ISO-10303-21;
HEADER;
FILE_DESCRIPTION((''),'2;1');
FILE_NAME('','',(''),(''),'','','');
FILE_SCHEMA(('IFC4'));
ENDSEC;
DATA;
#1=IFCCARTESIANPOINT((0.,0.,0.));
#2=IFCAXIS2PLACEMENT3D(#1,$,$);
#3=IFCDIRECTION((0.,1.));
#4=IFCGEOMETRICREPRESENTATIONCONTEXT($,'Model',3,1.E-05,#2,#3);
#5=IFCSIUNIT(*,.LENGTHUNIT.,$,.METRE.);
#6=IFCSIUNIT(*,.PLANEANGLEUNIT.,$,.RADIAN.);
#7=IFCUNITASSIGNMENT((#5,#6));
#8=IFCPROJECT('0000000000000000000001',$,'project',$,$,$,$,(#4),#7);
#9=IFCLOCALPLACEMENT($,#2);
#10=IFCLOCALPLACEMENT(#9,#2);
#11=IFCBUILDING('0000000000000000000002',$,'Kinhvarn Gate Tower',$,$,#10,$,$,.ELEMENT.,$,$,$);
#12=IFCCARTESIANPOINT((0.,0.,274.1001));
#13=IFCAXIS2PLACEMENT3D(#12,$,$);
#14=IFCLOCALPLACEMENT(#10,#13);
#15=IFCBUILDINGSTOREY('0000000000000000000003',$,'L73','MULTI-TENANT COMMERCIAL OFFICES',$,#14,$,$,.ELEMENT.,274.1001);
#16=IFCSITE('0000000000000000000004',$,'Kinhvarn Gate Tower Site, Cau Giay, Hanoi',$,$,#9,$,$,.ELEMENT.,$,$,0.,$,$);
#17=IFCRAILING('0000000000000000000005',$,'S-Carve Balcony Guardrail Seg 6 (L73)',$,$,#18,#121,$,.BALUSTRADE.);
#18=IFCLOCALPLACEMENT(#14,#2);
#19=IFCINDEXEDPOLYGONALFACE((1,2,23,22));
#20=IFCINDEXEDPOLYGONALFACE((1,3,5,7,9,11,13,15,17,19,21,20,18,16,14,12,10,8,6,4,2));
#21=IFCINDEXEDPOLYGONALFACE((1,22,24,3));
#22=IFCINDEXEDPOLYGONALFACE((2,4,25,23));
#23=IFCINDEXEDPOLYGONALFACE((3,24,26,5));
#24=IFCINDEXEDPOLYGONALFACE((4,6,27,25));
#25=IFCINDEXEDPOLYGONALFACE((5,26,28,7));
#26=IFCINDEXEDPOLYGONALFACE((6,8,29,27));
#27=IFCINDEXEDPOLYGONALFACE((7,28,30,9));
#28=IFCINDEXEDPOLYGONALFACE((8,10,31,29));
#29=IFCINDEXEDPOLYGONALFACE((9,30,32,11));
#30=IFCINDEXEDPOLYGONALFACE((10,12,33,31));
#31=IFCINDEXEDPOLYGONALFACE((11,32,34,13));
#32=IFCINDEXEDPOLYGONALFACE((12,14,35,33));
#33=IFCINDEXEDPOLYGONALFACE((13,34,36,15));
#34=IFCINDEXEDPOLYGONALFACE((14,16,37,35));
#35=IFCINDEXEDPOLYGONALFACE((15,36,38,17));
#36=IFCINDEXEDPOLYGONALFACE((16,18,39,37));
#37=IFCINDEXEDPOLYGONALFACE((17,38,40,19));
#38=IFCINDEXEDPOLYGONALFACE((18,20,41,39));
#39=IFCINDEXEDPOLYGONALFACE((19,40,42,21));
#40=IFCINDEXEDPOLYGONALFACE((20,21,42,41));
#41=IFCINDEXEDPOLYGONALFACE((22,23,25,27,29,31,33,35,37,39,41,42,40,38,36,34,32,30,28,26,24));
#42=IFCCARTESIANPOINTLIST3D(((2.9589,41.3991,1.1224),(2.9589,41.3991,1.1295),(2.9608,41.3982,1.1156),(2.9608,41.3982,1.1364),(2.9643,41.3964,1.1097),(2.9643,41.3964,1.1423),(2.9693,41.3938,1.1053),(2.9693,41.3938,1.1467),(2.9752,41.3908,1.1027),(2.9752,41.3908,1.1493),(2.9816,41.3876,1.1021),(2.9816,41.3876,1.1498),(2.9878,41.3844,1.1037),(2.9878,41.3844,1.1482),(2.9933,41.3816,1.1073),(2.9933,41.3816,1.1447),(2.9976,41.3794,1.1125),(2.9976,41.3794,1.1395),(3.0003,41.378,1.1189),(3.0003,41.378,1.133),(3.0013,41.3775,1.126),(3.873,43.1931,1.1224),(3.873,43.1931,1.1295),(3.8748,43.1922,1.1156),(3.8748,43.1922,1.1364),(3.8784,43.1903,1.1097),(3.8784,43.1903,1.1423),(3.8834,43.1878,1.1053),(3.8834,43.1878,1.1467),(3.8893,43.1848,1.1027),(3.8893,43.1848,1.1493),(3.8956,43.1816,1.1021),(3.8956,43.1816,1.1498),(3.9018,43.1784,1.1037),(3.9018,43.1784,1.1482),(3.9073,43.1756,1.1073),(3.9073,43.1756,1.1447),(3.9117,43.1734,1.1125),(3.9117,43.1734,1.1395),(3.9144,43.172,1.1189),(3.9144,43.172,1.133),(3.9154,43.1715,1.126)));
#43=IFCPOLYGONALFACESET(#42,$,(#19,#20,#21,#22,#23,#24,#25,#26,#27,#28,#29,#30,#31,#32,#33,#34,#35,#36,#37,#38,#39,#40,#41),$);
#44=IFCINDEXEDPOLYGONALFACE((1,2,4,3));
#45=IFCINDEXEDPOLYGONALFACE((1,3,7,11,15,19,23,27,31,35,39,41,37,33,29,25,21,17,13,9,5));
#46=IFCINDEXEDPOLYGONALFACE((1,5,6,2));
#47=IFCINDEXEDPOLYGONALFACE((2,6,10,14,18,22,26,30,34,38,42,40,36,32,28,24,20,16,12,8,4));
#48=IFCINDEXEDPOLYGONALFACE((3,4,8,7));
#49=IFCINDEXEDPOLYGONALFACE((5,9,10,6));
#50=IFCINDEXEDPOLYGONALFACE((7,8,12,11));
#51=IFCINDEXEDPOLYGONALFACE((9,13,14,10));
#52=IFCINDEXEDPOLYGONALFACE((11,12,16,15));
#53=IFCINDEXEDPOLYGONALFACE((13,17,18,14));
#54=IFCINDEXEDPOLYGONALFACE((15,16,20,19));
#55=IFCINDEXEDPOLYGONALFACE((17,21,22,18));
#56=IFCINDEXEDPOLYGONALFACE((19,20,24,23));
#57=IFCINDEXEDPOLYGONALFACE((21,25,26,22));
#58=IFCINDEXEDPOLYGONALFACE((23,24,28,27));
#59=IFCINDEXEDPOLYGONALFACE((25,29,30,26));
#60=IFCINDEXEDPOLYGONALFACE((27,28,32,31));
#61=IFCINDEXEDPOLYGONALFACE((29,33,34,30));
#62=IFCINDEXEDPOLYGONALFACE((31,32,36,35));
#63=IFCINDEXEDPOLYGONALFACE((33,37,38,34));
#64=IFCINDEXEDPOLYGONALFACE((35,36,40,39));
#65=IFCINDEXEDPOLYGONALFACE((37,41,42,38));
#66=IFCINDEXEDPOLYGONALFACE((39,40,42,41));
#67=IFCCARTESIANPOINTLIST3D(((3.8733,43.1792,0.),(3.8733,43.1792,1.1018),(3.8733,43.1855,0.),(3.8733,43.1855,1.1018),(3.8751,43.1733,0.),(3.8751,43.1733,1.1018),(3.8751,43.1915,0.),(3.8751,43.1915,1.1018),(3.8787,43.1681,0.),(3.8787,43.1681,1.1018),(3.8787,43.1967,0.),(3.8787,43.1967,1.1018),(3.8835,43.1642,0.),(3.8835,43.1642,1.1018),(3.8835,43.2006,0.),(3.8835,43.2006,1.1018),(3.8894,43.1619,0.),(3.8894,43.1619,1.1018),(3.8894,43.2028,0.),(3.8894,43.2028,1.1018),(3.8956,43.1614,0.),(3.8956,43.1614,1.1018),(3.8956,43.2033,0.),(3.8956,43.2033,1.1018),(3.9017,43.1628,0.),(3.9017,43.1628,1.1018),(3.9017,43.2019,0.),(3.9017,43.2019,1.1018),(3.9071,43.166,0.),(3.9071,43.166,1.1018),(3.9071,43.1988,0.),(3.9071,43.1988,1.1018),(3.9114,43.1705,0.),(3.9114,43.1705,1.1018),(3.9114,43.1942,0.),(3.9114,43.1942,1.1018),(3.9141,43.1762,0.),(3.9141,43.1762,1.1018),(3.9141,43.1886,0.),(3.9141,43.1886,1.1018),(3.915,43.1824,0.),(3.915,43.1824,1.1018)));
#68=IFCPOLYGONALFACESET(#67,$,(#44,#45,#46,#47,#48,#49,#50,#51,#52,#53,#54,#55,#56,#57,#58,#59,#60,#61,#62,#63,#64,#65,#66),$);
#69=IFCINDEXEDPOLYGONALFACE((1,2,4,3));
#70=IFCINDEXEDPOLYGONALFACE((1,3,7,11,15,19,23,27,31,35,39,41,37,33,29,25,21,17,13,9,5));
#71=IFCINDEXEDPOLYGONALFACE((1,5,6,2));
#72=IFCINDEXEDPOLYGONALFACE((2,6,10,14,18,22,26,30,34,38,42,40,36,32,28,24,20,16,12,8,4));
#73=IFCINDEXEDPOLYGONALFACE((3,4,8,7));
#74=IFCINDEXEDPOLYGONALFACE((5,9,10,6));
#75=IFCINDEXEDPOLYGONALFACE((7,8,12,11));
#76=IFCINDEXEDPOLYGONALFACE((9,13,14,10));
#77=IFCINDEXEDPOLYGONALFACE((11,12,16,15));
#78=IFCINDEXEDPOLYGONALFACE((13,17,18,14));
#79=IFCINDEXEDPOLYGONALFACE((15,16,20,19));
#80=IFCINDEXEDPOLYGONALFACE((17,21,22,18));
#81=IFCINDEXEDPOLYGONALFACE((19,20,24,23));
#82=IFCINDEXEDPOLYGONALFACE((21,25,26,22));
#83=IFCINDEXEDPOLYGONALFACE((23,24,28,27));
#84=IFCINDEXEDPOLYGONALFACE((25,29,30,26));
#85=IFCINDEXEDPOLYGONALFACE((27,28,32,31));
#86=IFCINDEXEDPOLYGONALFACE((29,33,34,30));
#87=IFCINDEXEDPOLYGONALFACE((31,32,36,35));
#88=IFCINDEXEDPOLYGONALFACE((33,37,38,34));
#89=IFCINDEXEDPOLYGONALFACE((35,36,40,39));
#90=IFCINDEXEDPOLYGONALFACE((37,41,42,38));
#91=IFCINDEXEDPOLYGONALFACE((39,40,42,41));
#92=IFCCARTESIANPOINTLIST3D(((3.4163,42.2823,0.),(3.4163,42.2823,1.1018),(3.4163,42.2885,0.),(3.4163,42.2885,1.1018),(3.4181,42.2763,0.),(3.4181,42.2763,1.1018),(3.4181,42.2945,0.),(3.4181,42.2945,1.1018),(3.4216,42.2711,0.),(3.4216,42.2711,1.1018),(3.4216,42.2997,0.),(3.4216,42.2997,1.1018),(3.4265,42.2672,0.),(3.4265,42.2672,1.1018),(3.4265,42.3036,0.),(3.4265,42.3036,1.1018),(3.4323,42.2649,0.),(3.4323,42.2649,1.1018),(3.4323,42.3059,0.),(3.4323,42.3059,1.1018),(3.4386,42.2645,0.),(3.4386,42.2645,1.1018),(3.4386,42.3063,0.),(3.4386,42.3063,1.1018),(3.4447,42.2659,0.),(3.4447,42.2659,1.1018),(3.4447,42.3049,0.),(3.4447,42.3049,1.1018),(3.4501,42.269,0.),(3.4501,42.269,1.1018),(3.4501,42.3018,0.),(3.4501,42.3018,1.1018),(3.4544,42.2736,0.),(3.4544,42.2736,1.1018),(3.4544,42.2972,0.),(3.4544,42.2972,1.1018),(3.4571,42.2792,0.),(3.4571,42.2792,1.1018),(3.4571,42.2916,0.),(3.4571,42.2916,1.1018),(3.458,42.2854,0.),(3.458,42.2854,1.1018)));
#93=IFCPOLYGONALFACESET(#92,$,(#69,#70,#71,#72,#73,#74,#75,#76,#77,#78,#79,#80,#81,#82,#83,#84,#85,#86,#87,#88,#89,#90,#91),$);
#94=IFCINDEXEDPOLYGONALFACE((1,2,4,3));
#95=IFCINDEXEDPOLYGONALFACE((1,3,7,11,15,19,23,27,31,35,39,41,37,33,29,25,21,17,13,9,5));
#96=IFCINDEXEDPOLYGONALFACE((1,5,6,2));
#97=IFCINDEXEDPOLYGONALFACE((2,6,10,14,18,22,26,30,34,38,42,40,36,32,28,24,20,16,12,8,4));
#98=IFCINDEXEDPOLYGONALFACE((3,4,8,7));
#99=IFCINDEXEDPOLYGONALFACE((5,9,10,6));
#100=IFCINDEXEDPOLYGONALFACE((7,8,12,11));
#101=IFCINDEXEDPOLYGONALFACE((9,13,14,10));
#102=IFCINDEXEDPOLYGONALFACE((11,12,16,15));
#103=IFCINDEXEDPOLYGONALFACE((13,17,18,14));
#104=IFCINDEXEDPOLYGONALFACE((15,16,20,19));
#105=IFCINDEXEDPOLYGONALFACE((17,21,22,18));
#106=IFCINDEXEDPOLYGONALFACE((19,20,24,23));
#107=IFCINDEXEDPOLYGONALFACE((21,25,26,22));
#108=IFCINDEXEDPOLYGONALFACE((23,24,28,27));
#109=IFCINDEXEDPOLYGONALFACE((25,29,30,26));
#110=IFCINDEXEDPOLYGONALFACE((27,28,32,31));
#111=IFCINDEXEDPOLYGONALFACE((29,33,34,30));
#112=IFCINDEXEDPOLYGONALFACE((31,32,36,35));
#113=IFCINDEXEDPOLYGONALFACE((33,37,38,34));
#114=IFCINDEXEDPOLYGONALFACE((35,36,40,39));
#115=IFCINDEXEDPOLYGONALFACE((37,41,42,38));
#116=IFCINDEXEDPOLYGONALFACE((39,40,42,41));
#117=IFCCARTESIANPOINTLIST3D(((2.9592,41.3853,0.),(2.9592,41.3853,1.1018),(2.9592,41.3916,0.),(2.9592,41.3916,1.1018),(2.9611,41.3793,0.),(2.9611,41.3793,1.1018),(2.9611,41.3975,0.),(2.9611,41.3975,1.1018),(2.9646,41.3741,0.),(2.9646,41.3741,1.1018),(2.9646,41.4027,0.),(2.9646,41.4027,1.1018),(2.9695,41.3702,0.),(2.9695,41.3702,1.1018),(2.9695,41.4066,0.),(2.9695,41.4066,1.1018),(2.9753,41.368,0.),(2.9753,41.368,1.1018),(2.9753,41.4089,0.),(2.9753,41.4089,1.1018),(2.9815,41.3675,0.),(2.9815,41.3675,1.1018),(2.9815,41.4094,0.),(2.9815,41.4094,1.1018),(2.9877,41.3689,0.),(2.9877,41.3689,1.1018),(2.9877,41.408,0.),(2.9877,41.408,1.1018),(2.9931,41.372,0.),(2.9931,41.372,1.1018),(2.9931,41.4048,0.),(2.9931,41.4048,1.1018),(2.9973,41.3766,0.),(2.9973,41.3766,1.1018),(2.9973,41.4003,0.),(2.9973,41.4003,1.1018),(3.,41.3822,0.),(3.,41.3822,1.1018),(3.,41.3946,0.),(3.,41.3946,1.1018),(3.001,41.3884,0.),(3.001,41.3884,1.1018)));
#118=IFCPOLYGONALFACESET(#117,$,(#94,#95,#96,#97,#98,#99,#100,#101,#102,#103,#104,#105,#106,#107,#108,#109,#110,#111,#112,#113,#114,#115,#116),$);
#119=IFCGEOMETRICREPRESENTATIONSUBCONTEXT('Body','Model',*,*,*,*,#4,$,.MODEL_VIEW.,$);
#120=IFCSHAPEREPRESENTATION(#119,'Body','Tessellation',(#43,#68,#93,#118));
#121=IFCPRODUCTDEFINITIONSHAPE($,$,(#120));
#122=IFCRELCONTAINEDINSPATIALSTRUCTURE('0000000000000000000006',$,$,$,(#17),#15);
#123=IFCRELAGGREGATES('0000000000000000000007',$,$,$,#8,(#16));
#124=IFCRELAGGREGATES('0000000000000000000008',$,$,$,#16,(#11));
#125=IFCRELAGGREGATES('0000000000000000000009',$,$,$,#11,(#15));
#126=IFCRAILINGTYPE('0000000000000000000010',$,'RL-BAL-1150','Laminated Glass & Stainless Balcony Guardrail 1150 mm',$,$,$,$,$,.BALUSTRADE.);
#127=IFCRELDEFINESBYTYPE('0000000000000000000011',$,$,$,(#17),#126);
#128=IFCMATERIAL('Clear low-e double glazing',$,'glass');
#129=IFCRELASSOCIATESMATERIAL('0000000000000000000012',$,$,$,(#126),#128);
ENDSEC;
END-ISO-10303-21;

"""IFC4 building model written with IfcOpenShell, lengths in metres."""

from ifc_helpers import new_model, si_unit, direction, frame, origin, origin_2d, place, context, subcontext, project, spatial, circle, extrude, material, type_object, element, save


model = new_model("IFC4")

# Units and contexts
model_context = context("Model", 3, precision=1e-05, world=origin(), true_north=direction((0.0, 1.0)))
body_context = subcontext(model_context, "Body", "Model", "MODEL_VIEW")
ifc_project = project(units=[si_unit("LENGTHUNIT", "METRE"), si_unit("PLANEANGLEUNIT", "RADIAN")], contexts=[model_context])

# Site, building, storey
site_placement = place(None, origin())
site = spatial("IfcSite", under=ifc_project, at=site_placement, Name="Kinhvarn Gate Tower Site, Cau Giay, Hanoi", CompositionType="ELEMENT", RefElevation=0.0)
building_placement = place(site_placement, origin())
building = spatial("IfcBuilding", under=site, at=building_placement, Name="Kinhvarn Gate Tower", CompositionType="ELEMENT")
storey_placement = place(building_placement, frame((0.0, 0.0, 274.1001)))
storey = spatial("IfcBuildingStorey", under=building, at=storey_placement, Name="L73", Description="MULTI-TENANT COMMERCIAL OFFICES", CompositionType="ELEMENT", Elevation=274.1001)

# Shared definitions
ifc_material_1 = material(Name="Clear low-e double glazing", Category="glass")

# Railing
railing_type = type_object("IfcRailingType", Name="RL-BAL-1150", Description="Laminated Glass & Stainless Balcony Guardrail 1150 mm", PredefinedType="BALUSTRADE", material=ifc_material_1)
railing_1_placement = place(storey_placement, frame((3.894, 43.1824, 0.0)))
element("IfcRailing", 1, at=railing_1_placement, inside=storey, type_object=railing_type, Name="S-Carve Balcony Guardrail Seg 6 (L73)", PredefinedType="BALUSTRADE", context=body_context, shape_type="SweptSolid", body=[
    extrude(circle(Radius=0.0239, at=origin_2d()), frame((0.0, 0.0, 1.126), z_axis=(-0.453991, -0.891006, 0.0), x_axis=(0.891006, -0.453991, 0.0)), (0.0, 0.0, 1.0), 2.0134),
    extrude(circle(Radius=0.021, at=origin_2d()), origin(), (0.0, 0.0, 1.0), 1.1018),
    extrude(circle(Radius=0.021, at=origin_2d()), frame((-0.457, -0.897, 0.0)), (0.0, 0.0, 1.0), 1.1018),
    extrude(circle(Radius=0.021, at=origin_2d()), frame((-0.9141, -1.7939, 0.0)), (0.0, 0.0, 1.0), 1.1018),
])

save(model, "model.ifc")
